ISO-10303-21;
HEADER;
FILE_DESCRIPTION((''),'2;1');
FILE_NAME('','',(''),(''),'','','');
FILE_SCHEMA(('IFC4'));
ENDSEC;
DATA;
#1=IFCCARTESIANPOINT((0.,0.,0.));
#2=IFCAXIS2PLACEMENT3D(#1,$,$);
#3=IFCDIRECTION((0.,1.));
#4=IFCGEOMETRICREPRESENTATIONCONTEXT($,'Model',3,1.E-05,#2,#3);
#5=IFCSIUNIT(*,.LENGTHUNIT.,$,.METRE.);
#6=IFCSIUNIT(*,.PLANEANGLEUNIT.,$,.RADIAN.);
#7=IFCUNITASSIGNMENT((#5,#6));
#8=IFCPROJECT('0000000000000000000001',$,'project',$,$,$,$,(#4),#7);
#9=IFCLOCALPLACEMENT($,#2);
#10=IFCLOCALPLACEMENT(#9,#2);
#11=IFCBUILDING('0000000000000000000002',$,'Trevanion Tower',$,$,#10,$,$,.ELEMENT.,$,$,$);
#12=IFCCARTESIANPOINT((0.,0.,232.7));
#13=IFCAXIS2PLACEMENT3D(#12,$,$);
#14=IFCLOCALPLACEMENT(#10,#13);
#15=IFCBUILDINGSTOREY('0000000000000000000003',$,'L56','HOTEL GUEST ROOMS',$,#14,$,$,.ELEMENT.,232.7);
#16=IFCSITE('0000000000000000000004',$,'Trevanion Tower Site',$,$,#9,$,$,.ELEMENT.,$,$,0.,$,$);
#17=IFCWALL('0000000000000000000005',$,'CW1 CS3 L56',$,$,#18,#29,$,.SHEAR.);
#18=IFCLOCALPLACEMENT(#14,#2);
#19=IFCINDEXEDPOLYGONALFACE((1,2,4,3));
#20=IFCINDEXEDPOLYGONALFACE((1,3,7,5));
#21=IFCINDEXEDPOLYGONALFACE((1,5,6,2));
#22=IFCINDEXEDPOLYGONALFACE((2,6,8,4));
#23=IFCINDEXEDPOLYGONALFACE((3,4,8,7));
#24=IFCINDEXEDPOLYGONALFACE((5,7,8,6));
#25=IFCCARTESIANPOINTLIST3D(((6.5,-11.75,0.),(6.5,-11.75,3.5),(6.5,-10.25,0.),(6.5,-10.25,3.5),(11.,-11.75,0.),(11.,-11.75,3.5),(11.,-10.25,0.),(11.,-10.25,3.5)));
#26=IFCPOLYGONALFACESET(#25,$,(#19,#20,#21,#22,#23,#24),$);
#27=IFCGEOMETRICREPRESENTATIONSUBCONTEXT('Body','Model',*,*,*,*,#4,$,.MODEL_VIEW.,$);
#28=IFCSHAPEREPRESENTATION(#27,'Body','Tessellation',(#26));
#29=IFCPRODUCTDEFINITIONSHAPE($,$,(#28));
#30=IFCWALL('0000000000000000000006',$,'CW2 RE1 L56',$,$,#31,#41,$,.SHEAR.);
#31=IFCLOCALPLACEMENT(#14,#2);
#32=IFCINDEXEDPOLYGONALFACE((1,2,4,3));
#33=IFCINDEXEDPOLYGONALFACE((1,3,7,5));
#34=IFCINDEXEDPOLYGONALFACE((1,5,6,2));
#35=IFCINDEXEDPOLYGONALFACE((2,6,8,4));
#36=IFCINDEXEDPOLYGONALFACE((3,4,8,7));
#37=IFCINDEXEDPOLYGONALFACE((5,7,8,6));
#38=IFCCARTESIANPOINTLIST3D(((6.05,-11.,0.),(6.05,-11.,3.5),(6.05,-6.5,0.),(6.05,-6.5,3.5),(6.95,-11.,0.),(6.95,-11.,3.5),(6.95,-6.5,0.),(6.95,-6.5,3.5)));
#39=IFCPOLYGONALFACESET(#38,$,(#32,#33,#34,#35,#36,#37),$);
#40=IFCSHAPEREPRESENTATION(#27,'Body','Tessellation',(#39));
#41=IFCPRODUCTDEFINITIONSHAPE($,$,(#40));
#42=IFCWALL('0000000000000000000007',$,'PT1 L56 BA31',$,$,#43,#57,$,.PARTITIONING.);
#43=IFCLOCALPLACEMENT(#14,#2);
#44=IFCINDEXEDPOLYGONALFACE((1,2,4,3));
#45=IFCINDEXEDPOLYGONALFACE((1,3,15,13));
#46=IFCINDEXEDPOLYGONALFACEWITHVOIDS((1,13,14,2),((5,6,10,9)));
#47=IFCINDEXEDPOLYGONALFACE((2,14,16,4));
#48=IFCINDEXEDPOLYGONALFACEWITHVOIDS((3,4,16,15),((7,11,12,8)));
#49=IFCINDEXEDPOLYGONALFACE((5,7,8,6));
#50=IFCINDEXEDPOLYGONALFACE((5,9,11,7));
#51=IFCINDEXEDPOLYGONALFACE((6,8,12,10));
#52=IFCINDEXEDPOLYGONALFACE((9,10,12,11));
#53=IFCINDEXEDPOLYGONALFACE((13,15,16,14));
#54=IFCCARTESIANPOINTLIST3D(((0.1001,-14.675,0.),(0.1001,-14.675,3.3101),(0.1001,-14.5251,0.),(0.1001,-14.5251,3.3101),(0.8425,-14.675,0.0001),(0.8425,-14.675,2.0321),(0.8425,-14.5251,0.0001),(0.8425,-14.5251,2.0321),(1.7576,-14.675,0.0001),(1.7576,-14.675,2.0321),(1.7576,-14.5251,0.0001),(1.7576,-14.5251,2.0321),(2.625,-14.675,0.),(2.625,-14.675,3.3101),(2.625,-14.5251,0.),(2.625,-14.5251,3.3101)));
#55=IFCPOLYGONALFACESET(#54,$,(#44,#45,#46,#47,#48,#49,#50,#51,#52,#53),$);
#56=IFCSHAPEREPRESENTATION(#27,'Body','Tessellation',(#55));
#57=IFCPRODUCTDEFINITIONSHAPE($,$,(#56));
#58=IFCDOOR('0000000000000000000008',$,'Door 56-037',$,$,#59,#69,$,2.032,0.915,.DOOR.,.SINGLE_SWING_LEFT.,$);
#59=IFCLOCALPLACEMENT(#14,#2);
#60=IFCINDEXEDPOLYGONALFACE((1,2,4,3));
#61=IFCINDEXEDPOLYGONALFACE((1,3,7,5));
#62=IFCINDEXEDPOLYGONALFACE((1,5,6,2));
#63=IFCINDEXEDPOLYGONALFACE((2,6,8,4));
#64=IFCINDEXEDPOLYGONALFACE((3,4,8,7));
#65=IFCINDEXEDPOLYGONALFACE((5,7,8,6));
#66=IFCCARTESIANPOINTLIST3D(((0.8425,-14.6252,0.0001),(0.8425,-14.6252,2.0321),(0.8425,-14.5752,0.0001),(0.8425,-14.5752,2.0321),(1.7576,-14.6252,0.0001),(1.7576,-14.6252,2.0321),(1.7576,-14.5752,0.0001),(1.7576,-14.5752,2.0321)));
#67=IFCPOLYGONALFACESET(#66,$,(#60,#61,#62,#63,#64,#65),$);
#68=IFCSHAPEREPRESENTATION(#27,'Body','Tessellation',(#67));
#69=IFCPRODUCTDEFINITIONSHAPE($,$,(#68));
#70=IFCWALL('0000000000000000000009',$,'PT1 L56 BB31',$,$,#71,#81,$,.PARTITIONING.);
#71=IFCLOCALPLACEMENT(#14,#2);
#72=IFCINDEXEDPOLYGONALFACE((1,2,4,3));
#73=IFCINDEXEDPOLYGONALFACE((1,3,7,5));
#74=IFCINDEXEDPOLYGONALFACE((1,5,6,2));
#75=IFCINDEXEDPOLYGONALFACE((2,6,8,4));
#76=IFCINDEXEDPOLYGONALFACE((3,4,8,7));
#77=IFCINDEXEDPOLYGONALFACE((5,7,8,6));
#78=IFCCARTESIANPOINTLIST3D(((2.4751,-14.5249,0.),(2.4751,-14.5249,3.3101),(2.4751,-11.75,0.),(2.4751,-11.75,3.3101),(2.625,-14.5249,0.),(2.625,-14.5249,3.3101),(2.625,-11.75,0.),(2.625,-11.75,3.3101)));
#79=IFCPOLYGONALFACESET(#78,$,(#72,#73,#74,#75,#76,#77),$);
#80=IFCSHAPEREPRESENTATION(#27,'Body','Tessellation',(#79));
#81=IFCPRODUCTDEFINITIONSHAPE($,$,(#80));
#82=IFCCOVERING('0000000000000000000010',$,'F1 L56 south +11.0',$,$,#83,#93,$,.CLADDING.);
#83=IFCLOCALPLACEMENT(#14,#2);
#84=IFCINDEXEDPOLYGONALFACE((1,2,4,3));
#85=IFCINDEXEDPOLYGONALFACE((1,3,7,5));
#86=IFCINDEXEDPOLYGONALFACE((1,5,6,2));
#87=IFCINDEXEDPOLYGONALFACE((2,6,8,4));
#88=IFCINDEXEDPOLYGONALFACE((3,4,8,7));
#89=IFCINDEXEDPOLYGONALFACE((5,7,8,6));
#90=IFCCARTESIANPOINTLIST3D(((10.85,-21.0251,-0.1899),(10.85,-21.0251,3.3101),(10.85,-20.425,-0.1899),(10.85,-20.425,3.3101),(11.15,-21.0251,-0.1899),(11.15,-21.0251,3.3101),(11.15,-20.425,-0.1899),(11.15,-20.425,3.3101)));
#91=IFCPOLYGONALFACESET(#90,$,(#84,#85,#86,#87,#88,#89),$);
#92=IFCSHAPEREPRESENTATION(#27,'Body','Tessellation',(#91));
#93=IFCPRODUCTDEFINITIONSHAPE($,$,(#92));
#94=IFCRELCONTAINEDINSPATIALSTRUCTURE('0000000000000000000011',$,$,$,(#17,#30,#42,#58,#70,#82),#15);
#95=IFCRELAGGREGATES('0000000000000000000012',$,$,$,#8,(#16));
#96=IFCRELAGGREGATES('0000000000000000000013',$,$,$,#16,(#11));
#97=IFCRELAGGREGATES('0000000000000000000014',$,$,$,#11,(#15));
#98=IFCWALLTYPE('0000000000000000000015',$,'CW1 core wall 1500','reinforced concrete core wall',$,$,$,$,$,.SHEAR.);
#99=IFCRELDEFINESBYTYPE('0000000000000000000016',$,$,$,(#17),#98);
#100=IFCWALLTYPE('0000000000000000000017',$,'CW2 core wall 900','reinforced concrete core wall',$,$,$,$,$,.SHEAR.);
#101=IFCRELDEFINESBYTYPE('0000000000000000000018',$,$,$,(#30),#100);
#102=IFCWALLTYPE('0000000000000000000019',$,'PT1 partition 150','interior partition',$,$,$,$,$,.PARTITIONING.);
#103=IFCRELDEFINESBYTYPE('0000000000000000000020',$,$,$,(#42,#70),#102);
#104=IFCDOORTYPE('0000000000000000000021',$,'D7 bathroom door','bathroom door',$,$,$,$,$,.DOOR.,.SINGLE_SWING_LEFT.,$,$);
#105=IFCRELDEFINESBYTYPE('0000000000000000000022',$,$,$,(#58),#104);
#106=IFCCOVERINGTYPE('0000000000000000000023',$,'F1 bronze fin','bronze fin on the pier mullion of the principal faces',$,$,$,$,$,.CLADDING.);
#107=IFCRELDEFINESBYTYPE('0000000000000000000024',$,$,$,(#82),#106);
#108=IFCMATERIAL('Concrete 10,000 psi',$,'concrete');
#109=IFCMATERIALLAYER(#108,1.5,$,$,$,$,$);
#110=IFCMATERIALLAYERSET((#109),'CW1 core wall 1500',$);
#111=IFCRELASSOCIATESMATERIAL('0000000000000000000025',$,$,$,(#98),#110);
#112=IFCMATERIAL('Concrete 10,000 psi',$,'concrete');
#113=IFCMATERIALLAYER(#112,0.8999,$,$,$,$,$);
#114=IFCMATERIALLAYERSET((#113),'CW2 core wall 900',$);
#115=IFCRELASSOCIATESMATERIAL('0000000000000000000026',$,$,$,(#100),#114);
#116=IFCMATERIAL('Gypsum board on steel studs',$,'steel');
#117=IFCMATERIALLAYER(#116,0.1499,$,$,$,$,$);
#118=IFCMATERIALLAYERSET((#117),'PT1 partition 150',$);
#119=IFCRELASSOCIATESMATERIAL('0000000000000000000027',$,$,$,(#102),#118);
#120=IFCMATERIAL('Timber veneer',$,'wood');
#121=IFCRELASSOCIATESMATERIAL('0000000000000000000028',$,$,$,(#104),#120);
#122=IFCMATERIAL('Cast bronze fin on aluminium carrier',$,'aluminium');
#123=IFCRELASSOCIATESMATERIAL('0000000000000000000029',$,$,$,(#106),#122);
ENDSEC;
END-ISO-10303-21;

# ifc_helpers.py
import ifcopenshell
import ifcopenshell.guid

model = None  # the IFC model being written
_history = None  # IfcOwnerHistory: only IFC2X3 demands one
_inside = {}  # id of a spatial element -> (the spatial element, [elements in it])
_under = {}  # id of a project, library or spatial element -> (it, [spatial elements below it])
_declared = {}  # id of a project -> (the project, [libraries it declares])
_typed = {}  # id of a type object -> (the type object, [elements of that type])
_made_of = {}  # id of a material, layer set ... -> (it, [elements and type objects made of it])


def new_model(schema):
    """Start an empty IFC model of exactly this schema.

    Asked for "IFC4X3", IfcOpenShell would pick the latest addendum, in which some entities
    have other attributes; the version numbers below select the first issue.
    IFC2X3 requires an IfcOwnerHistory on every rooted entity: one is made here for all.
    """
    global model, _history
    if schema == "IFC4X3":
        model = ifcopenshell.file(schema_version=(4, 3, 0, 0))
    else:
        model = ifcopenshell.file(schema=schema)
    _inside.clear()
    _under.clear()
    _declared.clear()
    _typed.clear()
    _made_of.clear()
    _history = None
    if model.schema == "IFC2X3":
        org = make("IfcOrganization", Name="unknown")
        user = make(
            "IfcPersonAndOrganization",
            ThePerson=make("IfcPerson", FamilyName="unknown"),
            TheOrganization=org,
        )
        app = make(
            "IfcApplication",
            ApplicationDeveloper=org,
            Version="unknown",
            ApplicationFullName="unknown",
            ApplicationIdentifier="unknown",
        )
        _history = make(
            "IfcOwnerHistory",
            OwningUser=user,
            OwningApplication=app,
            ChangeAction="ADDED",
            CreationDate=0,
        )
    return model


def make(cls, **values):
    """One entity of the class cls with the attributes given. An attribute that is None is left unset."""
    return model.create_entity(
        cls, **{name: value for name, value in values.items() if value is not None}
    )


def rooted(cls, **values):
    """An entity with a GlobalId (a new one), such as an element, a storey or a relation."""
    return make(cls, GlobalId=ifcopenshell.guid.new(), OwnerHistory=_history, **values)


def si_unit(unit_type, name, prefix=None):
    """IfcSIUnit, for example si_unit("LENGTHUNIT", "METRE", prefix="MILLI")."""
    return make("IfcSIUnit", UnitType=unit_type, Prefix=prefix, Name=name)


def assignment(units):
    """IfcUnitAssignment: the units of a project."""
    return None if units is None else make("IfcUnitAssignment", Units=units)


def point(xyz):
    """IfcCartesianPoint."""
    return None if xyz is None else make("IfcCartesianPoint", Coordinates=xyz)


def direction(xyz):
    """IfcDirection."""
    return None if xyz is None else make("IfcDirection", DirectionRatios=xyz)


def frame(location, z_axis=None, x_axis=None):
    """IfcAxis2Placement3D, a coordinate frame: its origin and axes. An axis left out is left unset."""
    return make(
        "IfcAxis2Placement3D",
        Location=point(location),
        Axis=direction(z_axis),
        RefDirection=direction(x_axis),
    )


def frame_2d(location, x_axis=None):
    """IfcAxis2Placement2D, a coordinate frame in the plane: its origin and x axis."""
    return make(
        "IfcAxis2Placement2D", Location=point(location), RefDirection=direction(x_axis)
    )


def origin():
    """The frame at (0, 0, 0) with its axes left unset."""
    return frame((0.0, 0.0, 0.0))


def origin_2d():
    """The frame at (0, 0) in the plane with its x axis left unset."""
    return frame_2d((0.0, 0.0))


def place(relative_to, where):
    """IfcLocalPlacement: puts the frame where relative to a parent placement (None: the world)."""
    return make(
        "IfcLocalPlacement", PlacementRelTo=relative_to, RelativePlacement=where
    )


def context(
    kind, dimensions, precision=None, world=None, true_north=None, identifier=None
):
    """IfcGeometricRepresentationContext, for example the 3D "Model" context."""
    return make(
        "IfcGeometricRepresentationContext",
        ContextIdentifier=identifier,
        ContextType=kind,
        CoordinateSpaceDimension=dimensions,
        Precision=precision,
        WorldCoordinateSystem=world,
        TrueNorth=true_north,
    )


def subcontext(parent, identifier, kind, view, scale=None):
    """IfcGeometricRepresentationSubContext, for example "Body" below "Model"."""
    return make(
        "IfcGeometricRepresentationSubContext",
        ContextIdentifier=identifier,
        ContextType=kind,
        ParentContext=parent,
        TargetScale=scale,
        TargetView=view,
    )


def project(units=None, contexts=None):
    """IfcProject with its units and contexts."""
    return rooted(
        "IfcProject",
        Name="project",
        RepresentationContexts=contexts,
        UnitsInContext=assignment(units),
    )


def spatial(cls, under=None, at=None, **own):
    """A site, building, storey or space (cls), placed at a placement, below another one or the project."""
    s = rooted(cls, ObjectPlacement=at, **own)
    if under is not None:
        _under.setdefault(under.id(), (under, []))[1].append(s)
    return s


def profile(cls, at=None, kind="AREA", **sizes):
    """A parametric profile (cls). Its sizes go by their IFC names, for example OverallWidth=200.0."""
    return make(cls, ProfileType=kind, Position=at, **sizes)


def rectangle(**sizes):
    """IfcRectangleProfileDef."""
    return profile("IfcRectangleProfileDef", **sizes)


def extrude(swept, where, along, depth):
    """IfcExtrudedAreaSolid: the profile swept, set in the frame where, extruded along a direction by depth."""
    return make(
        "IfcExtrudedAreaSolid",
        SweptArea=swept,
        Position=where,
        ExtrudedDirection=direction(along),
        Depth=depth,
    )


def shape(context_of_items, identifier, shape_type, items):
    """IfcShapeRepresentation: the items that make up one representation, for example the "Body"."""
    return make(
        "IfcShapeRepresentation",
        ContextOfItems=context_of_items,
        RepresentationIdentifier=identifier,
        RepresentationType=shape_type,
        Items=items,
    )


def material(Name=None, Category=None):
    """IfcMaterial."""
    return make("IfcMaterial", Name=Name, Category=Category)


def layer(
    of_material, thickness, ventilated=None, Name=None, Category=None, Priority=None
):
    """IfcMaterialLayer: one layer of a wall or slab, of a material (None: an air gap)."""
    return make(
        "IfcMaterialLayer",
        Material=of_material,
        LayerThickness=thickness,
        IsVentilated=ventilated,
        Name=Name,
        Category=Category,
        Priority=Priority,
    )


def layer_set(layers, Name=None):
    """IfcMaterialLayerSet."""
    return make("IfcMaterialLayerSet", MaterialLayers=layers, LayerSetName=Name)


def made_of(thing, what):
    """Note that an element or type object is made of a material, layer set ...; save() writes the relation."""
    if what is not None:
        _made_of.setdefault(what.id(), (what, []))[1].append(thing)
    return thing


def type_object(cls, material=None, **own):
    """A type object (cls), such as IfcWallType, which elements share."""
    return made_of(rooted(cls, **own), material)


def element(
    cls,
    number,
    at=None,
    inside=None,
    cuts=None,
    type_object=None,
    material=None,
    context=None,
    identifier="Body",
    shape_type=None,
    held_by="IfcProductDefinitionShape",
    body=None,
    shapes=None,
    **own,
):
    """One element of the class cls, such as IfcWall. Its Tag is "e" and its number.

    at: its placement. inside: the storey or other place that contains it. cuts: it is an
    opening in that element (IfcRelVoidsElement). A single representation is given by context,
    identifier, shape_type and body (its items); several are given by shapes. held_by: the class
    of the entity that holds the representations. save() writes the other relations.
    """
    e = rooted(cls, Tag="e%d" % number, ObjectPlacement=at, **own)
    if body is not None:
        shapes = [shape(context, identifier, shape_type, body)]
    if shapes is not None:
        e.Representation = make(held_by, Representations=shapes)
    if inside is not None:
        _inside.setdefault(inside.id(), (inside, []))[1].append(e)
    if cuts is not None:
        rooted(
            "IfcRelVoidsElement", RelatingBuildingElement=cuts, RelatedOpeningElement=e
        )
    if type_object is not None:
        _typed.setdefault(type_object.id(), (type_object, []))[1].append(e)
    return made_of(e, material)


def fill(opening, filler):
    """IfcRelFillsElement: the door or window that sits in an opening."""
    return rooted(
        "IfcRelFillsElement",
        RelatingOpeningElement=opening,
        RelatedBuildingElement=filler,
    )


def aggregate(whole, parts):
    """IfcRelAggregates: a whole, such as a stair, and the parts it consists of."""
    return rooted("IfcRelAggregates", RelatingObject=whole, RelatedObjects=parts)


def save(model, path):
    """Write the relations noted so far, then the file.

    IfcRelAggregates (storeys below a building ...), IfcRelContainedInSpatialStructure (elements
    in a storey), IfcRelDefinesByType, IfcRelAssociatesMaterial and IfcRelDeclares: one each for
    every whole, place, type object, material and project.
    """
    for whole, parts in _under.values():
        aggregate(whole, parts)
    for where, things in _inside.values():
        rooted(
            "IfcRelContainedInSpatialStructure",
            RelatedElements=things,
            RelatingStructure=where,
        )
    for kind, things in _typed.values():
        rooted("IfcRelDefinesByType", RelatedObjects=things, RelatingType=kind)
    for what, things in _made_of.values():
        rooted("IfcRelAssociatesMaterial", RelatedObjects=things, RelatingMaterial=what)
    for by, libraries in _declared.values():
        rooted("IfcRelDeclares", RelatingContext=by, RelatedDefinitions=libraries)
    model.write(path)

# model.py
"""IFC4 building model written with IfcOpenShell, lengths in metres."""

from ifc_helpers import new_model, si_unit, direction, frame, frame_2d, origin, origin_2d, place, context, subcontext, project, spatial, rectangle, extrude, material, layer, layer_set, type_object, element, fill, save


model = new_model("IFC4")

# Units and contexts
model_context = context("Model", 3, precision=1e-05, world=origin(), true_north=direction((0.0, 1.0)))
body_context = subcontext(model_context, "Body", "Model", "MODEL_VIEW")
ifc_project = project(units=[si_unit("LENGTHUNIT", "METRE"), si_unit("PLANEANGLEUNIT", "RADIAN")], contexts=[model_context])

# Site, building, storey
site_placement = place(None, origin())
site = spatial("IfcSite", under=ifc_project, at=site_placement, Name="Trevanion Tower Site", CompositionType="ELEMENT", RefElevation=0.0)
building_placement = place(site_placement, origin())
building = spatial("IfcBuilding", under=site, at=building_placement, Name="Trevanion Tower", CompositionType="ELEMENT")
storey_placement = place(building_placement, frame((0.0, 0.0, 232.7)))
storey = spatial("IfcBuildingStorey", under=building, at=storey_placement, Name="L56", Description="HOTEL GUEST ROOMS", CompositionType="ELEMENT", Elevation=232.7)

# Walls
ifc_material_1 = material(Name="Concrete 10,000 psi", Category="concrete")
ifc_layer_1 = layer(ifc_material_1, 1.5)
ifc_layer_set_1 = layer_set([ifc_layer_1], Name="CW1 core wall 1500")
wall_type_1 = type_object("IfcWallType", Name="CW1 core wall 1500", Description="reinforced concrete core wall", PredefinedType="SHEAR", material=ifc_layer_set_1)
wall_1_placement = place(storey_placement, frame((6.5, -11.0, 0.0), z_axis=(0.0, 0.0, 1.0), x_axis=(1.0, 0.0, 0.0)))
element("IfcWall", 1, at=wall_1_placement, inside=storey, type_object=wall_type_1, Name="CW1 CS3 L56", PredefinedType="SHEAR", context=body_context, shape_type="SweptSolid", body=[
    extrude(rectangle(XDim=4.5, YDim=1.5, at=frame_2d((2.25, 0.0))), origin(), (0.0, 0.0, 1.0), 3.5),
])
ifc_material_2 = material(Name="Concrete 10,000 psi", Category="concrete")
ifc_layer_2 = layer(ifc_material_2, 0.8999)
ifc_layer_set_2 = layer_set([ifc_layer_2], Name="CW2 core wall 900")
wall_type_2 = type_object("IfcWallType", Name="CW2 core wall 900", Description="reinforced concrete core wall", PredefinedType="SHEAR", material=ifc_layer_set_2)
wall_2_placement = place(storey_placement, frame((6.5, -11.0, 0.0), z_axis=(0.0, 0.0, 1.0), x_axis=(0.0, 1.0, 0.0)))
element("IfcWall", 2, at=wall_2_placement, inside=storey, type_object=wall_type_2, Name="CW2 RE1 L56", PredefinedType="SHEAR", context=body_context, shape_type="SweptSolid", body=[
    extrude(rectangle(XDim=4.5, YDim=0.8999, at=frame_2d((2.25, 0.0))), origin(), (0.0, 0.0, 1.0), 3.5),
])

# Wall, opening, door
ifc_material_3 = material(Name="Gypsum board on steel studs", Category="steel")
ifc_layer_3 = layer(ifc_material_3, 0.1499)
ifc_layer_set_3 = layer_set([ifc_layer_3], Name="PT1 partition 150")
wall_type_3 = type_object("IfcWallType", Name="PT1 partition 150", Description="interior partition", PredefinedType="PARTITIONING", material=ifc_layer_set_3)
wall_3_placement = place(storey_placement, frame((0.1001, -14.6001, 0.0), z_axis=(0.0, 0.0, 1.0), x_axis=(1.0, 0.0, 0.0)))
wall_3 = element("IfcWall", 3, at=wall_3_placement, inside=storey, type_object=wall_type_3, Name="PT1 L56 BA31", PredefinedType="PARTITIONING", context=body_context, shape_type="SweptSolid", body=[
    extrude(rectangle(XDim=2.5249, YDim=0.1499, at=frame_2d((1.2625, 0.0))), origin(), (0.0, 0.0, 1.0), 3.3101),
])
opening_placement = place(wall_3_placement, frame((0.7424, 0.0, 0.0)))
opening = element("IfcOpeningElement", 4, at=opening_placement, cuts=wall_3, PredefinedType="OPENING", context=body_context, shape_type="SweptSolid", body=[
    extrude(rectangle(XDim=0.915, YDim=2.032, at=frame_2d((0.4575, 1.0161))), frame((0.0, 0.085, 0.0), z_axis=(0.0, -1.0, 0.0), x_axis=(1.0, 0.0, 0.0)), (0.0, 0.0, 1.0), 0.1699),
])
ifc_material_4 = material(Name="Timber veneer", Category="wood")
door_type = type_object("IfcDoorType", Name="D7 bathroom door", Description="bathroom door", OperationType="SINGLE_SWING_LEFT", PredefinedType="DOOR", material=ifc_material_4)
door_placement = place(opening_placement, origin())
door = element("IfcDoor", 5, at=door_placement, inside=storey, type_object=door_type, Name="Door 56-037", OperationType="SINGLE_SWING_LEFT", OverallHeight=2.032, OverallWidth=0.915, PredefinedType="DOOR", context=body_context, shape_type="SweptSolid", body=[
    extrude(rectangle(XDim=0.915, YDim=2.032, at=frame_2d((0.4575, 1.0161))), frame((0.0, 0.0249, 0.0), z_axis=(0.0, -1.0, 0.0), x_axis=(1.0, 0.0, 0.0)), (0.0, 0.0, 1.0), 0.05),
])
fill(opening, door)

# Wall
wall_4_placement = place(storey_placement, frame((2.55, -11.75, 0.0), z_axis=(0.0, 0.0, 1.0), x_axis=(0.0, -1.0, 0.0)))
element("IfcWall", 6, at=wall_4_placement, inside=storey, type_object=wall_type_3, Name="PT1 L56 BB31", PredefinedType="PARTITIONING", context=body_context, shape_type="SweptSolid", body=[
    extrude(rectangle(XDim=2.7749, YDim=0.1499, at=frame_2d((1.3875, 0.0))), origin(), (0.0, 0.0, 1.0), 3.3101),
])

# Covering
ifc_material_5 = material(Name="Cast bronze fin on aluminium carrier", Category="aluminium")
covering_type = type_object("IfcCoveringType", Name="F1 bronze fin", Description="bronze fin on the pier mullion of the principal faces", PredefinedType="CLADDING", material=ifc_material_5)
covering_placement = place(storey_placement, frame((11.0, -20.7251, -0.1899), z_axis=(0.0, 0.0, 1.0), x_axis=(1.0, 0.0, 0.0)))
element("IfcCovering", 7, at=covering_placement, inside=storey, type_object=covering_type, Name="F1 L56 south +11.0", PredefinedType="CLADDING", context=body_context, shape_type="SweptSolid", body=[
    extrude(rectangle(XDim=0.3, YDim=0.6001, at=origin_2d()), origin(), (0.0, 0.0, 1.0), 3.5),
])

save(model, "model.ifc")
